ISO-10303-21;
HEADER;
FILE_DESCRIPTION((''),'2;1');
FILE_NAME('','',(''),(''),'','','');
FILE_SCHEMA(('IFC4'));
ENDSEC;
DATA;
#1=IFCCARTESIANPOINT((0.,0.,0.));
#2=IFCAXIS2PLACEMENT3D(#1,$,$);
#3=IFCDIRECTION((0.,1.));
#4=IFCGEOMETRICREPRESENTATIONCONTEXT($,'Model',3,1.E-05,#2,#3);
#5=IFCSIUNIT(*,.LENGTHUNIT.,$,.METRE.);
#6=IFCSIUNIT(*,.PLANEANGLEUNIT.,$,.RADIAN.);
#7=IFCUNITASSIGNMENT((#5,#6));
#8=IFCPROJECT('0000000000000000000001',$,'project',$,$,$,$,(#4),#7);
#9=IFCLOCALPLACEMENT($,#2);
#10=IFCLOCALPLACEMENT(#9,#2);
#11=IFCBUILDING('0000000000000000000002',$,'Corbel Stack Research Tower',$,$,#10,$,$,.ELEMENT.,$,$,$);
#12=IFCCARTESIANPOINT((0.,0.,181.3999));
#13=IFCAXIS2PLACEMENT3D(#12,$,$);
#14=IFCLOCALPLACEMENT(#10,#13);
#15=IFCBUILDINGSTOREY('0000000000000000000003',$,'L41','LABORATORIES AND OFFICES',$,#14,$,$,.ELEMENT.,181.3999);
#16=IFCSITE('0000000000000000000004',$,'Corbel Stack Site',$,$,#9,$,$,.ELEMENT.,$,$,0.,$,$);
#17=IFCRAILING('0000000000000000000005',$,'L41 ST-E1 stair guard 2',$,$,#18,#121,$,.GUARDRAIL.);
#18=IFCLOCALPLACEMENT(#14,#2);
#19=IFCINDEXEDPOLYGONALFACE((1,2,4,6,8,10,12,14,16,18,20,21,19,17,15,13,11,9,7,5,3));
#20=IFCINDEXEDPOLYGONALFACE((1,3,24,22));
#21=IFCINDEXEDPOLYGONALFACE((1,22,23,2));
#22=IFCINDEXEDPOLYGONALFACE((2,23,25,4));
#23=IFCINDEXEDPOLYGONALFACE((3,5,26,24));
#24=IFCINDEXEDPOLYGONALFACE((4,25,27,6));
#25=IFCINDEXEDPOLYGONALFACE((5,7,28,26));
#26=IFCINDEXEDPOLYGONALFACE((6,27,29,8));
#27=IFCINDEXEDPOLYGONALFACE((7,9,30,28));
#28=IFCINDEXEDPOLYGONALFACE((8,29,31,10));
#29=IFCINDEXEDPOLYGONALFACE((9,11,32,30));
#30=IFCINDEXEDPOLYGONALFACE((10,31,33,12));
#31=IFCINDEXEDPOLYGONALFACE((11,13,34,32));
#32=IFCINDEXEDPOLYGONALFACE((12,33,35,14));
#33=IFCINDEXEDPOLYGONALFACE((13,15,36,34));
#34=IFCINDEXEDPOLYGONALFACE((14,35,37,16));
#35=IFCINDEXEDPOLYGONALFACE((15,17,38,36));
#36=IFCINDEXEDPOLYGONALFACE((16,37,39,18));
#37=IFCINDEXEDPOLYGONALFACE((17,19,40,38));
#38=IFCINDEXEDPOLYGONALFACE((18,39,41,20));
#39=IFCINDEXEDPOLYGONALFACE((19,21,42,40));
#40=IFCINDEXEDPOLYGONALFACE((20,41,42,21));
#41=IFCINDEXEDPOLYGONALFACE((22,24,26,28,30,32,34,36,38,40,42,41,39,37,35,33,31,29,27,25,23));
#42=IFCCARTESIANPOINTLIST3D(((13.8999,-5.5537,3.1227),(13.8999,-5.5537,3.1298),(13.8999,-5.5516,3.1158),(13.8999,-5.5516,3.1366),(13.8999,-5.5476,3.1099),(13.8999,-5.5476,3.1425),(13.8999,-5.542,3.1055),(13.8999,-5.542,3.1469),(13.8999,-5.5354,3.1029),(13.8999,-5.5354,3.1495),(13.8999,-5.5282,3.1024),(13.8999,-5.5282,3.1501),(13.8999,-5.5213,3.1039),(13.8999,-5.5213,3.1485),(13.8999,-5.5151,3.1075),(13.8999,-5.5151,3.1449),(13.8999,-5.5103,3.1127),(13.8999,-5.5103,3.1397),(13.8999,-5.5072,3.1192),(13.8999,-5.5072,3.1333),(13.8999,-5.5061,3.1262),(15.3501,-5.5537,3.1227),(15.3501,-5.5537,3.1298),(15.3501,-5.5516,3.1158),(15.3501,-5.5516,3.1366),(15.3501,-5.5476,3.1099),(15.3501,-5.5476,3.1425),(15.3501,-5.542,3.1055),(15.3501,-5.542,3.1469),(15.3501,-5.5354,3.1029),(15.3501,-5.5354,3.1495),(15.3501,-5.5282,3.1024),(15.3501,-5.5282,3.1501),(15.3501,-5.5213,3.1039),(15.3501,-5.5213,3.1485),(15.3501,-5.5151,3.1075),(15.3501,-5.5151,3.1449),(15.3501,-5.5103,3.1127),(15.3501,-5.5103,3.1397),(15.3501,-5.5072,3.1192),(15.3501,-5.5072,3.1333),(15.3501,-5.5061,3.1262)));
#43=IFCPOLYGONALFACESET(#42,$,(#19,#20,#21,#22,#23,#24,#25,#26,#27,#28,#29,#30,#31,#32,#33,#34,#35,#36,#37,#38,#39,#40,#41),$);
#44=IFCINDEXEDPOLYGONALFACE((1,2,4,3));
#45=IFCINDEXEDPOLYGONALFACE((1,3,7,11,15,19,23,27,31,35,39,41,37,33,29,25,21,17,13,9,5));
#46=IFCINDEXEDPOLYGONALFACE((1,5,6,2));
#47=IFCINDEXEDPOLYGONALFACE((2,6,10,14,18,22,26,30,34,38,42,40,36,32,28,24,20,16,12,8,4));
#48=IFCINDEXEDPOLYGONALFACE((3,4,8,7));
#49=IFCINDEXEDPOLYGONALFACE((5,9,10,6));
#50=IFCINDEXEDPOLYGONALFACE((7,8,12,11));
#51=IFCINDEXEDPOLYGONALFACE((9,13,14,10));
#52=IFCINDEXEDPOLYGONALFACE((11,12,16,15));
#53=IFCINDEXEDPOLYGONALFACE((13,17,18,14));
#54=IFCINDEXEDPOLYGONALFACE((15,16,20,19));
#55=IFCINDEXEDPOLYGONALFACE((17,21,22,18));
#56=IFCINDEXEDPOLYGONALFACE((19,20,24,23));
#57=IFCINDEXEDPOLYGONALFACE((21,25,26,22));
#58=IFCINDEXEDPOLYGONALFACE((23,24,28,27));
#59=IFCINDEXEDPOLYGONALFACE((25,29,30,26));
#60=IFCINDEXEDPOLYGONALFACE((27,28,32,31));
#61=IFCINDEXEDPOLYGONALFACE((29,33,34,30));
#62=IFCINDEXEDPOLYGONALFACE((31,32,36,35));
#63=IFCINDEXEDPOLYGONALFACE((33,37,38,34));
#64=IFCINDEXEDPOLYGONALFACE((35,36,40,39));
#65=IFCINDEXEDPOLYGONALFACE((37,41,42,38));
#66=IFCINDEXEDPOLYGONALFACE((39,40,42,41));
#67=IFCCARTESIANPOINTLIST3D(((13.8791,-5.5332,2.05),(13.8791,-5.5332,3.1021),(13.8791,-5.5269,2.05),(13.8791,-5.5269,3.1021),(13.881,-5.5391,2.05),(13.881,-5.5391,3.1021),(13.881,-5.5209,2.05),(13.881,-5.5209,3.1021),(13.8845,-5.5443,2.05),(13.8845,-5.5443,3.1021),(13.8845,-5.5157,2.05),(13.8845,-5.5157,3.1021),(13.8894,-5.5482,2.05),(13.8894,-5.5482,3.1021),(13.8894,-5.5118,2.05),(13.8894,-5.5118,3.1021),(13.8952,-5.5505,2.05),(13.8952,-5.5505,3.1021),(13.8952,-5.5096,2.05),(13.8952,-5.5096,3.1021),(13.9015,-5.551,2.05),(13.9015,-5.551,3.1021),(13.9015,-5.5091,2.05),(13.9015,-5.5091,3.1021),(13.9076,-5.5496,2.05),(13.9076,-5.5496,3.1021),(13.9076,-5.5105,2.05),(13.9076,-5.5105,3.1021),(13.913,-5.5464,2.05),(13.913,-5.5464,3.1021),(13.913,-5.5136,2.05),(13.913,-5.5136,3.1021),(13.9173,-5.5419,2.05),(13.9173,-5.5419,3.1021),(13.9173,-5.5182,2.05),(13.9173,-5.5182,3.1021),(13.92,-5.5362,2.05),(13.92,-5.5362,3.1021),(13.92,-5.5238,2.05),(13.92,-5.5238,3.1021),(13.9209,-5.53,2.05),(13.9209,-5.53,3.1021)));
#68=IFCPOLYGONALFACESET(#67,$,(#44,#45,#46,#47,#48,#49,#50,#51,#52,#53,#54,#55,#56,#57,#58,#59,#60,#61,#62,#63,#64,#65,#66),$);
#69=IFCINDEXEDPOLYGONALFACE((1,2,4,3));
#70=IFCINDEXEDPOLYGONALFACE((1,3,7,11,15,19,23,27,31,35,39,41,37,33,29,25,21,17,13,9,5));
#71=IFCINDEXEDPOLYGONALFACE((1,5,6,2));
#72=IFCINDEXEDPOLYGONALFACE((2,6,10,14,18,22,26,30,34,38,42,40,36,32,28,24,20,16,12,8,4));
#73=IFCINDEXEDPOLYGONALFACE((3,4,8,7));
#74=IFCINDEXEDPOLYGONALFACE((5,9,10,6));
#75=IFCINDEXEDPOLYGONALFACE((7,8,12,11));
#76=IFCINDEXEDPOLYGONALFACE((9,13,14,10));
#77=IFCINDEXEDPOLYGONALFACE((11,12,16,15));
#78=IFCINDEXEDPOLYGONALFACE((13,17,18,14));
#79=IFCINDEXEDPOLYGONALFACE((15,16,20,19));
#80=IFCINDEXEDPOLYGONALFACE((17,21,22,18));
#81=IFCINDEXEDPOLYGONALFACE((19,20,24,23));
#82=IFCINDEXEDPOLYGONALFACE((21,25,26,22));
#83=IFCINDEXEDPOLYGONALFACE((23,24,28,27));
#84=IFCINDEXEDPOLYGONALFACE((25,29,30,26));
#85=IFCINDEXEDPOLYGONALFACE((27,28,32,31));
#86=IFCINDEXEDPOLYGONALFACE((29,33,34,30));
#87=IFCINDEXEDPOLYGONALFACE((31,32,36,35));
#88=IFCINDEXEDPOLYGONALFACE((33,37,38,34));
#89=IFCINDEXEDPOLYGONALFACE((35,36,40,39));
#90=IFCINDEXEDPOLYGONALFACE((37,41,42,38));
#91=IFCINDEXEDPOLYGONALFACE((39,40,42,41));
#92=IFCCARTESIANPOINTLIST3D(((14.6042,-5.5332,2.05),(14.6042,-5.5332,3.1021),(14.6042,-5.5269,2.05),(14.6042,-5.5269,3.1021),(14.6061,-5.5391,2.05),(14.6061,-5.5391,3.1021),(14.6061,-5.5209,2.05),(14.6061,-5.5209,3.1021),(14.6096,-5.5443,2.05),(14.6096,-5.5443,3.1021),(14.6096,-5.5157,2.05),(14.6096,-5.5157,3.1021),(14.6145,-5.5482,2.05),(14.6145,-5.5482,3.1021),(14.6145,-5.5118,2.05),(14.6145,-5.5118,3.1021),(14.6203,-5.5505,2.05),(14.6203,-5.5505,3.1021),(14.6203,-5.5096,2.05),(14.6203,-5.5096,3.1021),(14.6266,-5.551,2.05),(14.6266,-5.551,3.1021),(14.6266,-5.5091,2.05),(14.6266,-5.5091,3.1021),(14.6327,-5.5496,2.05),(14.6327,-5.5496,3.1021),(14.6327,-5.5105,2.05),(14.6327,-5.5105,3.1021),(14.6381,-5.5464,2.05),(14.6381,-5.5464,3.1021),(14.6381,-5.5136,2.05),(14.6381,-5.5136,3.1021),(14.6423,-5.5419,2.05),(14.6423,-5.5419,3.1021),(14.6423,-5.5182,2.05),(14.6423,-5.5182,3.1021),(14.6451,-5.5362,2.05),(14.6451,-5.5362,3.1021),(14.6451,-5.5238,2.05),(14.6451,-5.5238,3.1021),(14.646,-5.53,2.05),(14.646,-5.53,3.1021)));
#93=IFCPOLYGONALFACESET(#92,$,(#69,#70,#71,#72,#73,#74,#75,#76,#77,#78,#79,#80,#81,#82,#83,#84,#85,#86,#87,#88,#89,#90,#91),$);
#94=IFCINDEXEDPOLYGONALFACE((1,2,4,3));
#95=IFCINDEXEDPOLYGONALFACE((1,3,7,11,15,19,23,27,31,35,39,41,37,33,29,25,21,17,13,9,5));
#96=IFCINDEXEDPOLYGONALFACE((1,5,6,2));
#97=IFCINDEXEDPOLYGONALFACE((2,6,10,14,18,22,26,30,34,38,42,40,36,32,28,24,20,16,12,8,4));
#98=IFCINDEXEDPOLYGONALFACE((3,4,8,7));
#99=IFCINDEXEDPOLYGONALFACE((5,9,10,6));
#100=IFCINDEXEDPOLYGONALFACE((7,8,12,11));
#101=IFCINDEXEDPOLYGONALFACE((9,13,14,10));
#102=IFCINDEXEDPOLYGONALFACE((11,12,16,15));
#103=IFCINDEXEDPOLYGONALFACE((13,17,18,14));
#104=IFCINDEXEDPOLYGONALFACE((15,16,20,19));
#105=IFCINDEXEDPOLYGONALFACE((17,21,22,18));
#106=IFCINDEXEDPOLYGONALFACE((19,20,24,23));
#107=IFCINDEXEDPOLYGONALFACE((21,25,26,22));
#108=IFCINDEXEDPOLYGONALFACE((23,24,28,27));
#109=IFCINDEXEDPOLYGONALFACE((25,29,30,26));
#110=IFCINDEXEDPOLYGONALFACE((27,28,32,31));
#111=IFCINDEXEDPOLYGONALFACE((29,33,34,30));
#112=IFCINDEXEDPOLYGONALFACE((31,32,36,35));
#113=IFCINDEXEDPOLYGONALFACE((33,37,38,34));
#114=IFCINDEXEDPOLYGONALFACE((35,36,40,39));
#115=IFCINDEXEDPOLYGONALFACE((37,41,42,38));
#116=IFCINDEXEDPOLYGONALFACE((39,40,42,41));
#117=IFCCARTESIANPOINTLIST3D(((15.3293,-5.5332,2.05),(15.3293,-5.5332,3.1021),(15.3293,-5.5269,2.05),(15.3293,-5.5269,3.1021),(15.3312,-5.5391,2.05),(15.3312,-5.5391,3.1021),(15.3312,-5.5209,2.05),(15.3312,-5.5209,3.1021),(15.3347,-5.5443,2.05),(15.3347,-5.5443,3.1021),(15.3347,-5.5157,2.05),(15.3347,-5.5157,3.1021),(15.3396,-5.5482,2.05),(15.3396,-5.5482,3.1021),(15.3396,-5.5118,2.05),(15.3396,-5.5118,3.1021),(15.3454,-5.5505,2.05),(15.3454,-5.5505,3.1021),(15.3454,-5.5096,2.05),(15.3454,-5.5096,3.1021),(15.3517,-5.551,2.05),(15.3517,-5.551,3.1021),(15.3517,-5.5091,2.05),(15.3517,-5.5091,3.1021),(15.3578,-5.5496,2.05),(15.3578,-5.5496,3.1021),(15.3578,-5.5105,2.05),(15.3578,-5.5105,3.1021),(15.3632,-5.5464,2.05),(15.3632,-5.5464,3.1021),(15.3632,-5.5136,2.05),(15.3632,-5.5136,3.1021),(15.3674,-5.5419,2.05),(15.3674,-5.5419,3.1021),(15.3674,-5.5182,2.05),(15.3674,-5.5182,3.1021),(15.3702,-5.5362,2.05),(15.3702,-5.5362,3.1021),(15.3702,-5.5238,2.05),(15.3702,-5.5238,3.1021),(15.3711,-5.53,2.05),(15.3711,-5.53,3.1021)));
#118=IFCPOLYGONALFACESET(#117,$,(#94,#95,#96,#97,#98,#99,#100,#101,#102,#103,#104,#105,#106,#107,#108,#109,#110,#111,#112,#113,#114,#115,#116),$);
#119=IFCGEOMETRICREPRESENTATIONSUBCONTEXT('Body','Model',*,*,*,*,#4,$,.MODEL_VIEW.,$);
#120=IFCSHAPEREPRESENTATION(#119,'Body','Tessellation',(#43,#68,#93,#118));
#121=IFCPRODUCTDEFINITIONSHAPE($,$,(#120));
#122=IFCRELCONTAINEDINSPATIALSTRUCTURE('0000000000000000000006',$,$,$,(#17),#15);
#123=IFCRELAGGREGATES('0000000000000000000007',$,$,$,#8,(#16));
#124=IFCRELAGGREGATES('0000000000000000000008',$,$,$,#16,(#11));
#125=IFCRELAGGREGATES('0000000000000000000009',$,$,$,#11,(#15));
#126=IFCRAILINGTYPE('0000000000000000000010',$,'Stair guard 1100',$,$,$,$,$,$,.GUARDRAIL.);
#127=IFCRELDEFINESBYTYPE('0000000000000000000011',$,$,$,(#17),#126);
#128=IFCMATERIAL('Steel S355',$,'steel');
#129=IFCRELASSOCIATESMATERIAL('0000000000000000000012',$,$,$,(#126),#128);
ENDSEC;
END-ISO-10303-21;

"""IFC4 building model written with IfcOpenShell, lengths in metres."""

from ifc_helpers import new_model, si_unit, direction, frame, origin, origin_2d, place, context, subcontext, project, spatial, circle, extrude, material, type_object, element, save


model = new_model("IFC4")

# Units and contexts
model_context = context("Model", 3, precision=1e-05, world=origin(), true_north=direction((0.0, 1.0)))
body_context = subcontext(model_context, "Body", "Model", "MODEL_VIEW")
ifc_project = project(units=[si_unit("LENGTHUNIT", "METRE"), si_unit("PLANEANGLEUNIT", "RADIAN")], contexts=[model_context])

# Site, building, storey
site_placement = place(None, origin())
site = spatial("IfcSite", under=ifc_project, at=site_placement, Name="Corbel Stack Site", CompositionType="ELEMENT", RefElevation=0.0)
building_placement = place(site_placement, origin())
building = spatial("IfcBuilding", under=site, at=building_placement, Name="Corbel Stack Research Tower", CompositionType="ELEMENT")
storey_placement = place(building_placement, frame((0.0, 0.0, 181.3999)))
storey = spatial("IfcBuildingStorey", under=building, at=storey_placement, Name="L41", Description="LABORATORIES AND OFFICES", CompositionType="ELEMENT", Elevation=181.3999)

# Railing
ifc_material_1 = material(Name="Steel S355", Category="steel")
railing_type = type_object("IfcRailingType", Name="Stair guard 1100", PredefinedType="GUARDRAIL", material=ifc_material_1)
railing_placement = place(storey_placement, frame((13.8999, -5.53, 2.05)))
element("IfcRailing", 1, at=railing_placement, inside=storey, type_object=railing_type, Name="L41 ST-E1 stair guard 2", PredefinedType="GUARDRAIL", context=body_context, shape_type="SweptSolid", body=[
    extrude(circle(Radius=0.0239, at=origin_2d()), frame((0.0, 0.0, 1.0762), z_axis=(1.0, 0.0, 0.0), x_axis=(0.0, 1.0, 0.0)), (0.0, 0.0, 1.0), 1.4502),
    extrude(circle(Radius=0.021, at=origin_2d()), origin(), (0.0, 0.0, 1.0), 1.052),
    extrude(circle(Radius=0.021, at=origin_2d()), frame((0.7251, 0.0, 0.0)), (0.0, 0.0, 1.0), 1.052),
    extrude(circle(Radius=0.021, at=origin_2d()), frame((1.4502, 0.0, 0.0)), (0.0, 0.0, 1.0), 1.052),
])

save(model, "model.ifc")
